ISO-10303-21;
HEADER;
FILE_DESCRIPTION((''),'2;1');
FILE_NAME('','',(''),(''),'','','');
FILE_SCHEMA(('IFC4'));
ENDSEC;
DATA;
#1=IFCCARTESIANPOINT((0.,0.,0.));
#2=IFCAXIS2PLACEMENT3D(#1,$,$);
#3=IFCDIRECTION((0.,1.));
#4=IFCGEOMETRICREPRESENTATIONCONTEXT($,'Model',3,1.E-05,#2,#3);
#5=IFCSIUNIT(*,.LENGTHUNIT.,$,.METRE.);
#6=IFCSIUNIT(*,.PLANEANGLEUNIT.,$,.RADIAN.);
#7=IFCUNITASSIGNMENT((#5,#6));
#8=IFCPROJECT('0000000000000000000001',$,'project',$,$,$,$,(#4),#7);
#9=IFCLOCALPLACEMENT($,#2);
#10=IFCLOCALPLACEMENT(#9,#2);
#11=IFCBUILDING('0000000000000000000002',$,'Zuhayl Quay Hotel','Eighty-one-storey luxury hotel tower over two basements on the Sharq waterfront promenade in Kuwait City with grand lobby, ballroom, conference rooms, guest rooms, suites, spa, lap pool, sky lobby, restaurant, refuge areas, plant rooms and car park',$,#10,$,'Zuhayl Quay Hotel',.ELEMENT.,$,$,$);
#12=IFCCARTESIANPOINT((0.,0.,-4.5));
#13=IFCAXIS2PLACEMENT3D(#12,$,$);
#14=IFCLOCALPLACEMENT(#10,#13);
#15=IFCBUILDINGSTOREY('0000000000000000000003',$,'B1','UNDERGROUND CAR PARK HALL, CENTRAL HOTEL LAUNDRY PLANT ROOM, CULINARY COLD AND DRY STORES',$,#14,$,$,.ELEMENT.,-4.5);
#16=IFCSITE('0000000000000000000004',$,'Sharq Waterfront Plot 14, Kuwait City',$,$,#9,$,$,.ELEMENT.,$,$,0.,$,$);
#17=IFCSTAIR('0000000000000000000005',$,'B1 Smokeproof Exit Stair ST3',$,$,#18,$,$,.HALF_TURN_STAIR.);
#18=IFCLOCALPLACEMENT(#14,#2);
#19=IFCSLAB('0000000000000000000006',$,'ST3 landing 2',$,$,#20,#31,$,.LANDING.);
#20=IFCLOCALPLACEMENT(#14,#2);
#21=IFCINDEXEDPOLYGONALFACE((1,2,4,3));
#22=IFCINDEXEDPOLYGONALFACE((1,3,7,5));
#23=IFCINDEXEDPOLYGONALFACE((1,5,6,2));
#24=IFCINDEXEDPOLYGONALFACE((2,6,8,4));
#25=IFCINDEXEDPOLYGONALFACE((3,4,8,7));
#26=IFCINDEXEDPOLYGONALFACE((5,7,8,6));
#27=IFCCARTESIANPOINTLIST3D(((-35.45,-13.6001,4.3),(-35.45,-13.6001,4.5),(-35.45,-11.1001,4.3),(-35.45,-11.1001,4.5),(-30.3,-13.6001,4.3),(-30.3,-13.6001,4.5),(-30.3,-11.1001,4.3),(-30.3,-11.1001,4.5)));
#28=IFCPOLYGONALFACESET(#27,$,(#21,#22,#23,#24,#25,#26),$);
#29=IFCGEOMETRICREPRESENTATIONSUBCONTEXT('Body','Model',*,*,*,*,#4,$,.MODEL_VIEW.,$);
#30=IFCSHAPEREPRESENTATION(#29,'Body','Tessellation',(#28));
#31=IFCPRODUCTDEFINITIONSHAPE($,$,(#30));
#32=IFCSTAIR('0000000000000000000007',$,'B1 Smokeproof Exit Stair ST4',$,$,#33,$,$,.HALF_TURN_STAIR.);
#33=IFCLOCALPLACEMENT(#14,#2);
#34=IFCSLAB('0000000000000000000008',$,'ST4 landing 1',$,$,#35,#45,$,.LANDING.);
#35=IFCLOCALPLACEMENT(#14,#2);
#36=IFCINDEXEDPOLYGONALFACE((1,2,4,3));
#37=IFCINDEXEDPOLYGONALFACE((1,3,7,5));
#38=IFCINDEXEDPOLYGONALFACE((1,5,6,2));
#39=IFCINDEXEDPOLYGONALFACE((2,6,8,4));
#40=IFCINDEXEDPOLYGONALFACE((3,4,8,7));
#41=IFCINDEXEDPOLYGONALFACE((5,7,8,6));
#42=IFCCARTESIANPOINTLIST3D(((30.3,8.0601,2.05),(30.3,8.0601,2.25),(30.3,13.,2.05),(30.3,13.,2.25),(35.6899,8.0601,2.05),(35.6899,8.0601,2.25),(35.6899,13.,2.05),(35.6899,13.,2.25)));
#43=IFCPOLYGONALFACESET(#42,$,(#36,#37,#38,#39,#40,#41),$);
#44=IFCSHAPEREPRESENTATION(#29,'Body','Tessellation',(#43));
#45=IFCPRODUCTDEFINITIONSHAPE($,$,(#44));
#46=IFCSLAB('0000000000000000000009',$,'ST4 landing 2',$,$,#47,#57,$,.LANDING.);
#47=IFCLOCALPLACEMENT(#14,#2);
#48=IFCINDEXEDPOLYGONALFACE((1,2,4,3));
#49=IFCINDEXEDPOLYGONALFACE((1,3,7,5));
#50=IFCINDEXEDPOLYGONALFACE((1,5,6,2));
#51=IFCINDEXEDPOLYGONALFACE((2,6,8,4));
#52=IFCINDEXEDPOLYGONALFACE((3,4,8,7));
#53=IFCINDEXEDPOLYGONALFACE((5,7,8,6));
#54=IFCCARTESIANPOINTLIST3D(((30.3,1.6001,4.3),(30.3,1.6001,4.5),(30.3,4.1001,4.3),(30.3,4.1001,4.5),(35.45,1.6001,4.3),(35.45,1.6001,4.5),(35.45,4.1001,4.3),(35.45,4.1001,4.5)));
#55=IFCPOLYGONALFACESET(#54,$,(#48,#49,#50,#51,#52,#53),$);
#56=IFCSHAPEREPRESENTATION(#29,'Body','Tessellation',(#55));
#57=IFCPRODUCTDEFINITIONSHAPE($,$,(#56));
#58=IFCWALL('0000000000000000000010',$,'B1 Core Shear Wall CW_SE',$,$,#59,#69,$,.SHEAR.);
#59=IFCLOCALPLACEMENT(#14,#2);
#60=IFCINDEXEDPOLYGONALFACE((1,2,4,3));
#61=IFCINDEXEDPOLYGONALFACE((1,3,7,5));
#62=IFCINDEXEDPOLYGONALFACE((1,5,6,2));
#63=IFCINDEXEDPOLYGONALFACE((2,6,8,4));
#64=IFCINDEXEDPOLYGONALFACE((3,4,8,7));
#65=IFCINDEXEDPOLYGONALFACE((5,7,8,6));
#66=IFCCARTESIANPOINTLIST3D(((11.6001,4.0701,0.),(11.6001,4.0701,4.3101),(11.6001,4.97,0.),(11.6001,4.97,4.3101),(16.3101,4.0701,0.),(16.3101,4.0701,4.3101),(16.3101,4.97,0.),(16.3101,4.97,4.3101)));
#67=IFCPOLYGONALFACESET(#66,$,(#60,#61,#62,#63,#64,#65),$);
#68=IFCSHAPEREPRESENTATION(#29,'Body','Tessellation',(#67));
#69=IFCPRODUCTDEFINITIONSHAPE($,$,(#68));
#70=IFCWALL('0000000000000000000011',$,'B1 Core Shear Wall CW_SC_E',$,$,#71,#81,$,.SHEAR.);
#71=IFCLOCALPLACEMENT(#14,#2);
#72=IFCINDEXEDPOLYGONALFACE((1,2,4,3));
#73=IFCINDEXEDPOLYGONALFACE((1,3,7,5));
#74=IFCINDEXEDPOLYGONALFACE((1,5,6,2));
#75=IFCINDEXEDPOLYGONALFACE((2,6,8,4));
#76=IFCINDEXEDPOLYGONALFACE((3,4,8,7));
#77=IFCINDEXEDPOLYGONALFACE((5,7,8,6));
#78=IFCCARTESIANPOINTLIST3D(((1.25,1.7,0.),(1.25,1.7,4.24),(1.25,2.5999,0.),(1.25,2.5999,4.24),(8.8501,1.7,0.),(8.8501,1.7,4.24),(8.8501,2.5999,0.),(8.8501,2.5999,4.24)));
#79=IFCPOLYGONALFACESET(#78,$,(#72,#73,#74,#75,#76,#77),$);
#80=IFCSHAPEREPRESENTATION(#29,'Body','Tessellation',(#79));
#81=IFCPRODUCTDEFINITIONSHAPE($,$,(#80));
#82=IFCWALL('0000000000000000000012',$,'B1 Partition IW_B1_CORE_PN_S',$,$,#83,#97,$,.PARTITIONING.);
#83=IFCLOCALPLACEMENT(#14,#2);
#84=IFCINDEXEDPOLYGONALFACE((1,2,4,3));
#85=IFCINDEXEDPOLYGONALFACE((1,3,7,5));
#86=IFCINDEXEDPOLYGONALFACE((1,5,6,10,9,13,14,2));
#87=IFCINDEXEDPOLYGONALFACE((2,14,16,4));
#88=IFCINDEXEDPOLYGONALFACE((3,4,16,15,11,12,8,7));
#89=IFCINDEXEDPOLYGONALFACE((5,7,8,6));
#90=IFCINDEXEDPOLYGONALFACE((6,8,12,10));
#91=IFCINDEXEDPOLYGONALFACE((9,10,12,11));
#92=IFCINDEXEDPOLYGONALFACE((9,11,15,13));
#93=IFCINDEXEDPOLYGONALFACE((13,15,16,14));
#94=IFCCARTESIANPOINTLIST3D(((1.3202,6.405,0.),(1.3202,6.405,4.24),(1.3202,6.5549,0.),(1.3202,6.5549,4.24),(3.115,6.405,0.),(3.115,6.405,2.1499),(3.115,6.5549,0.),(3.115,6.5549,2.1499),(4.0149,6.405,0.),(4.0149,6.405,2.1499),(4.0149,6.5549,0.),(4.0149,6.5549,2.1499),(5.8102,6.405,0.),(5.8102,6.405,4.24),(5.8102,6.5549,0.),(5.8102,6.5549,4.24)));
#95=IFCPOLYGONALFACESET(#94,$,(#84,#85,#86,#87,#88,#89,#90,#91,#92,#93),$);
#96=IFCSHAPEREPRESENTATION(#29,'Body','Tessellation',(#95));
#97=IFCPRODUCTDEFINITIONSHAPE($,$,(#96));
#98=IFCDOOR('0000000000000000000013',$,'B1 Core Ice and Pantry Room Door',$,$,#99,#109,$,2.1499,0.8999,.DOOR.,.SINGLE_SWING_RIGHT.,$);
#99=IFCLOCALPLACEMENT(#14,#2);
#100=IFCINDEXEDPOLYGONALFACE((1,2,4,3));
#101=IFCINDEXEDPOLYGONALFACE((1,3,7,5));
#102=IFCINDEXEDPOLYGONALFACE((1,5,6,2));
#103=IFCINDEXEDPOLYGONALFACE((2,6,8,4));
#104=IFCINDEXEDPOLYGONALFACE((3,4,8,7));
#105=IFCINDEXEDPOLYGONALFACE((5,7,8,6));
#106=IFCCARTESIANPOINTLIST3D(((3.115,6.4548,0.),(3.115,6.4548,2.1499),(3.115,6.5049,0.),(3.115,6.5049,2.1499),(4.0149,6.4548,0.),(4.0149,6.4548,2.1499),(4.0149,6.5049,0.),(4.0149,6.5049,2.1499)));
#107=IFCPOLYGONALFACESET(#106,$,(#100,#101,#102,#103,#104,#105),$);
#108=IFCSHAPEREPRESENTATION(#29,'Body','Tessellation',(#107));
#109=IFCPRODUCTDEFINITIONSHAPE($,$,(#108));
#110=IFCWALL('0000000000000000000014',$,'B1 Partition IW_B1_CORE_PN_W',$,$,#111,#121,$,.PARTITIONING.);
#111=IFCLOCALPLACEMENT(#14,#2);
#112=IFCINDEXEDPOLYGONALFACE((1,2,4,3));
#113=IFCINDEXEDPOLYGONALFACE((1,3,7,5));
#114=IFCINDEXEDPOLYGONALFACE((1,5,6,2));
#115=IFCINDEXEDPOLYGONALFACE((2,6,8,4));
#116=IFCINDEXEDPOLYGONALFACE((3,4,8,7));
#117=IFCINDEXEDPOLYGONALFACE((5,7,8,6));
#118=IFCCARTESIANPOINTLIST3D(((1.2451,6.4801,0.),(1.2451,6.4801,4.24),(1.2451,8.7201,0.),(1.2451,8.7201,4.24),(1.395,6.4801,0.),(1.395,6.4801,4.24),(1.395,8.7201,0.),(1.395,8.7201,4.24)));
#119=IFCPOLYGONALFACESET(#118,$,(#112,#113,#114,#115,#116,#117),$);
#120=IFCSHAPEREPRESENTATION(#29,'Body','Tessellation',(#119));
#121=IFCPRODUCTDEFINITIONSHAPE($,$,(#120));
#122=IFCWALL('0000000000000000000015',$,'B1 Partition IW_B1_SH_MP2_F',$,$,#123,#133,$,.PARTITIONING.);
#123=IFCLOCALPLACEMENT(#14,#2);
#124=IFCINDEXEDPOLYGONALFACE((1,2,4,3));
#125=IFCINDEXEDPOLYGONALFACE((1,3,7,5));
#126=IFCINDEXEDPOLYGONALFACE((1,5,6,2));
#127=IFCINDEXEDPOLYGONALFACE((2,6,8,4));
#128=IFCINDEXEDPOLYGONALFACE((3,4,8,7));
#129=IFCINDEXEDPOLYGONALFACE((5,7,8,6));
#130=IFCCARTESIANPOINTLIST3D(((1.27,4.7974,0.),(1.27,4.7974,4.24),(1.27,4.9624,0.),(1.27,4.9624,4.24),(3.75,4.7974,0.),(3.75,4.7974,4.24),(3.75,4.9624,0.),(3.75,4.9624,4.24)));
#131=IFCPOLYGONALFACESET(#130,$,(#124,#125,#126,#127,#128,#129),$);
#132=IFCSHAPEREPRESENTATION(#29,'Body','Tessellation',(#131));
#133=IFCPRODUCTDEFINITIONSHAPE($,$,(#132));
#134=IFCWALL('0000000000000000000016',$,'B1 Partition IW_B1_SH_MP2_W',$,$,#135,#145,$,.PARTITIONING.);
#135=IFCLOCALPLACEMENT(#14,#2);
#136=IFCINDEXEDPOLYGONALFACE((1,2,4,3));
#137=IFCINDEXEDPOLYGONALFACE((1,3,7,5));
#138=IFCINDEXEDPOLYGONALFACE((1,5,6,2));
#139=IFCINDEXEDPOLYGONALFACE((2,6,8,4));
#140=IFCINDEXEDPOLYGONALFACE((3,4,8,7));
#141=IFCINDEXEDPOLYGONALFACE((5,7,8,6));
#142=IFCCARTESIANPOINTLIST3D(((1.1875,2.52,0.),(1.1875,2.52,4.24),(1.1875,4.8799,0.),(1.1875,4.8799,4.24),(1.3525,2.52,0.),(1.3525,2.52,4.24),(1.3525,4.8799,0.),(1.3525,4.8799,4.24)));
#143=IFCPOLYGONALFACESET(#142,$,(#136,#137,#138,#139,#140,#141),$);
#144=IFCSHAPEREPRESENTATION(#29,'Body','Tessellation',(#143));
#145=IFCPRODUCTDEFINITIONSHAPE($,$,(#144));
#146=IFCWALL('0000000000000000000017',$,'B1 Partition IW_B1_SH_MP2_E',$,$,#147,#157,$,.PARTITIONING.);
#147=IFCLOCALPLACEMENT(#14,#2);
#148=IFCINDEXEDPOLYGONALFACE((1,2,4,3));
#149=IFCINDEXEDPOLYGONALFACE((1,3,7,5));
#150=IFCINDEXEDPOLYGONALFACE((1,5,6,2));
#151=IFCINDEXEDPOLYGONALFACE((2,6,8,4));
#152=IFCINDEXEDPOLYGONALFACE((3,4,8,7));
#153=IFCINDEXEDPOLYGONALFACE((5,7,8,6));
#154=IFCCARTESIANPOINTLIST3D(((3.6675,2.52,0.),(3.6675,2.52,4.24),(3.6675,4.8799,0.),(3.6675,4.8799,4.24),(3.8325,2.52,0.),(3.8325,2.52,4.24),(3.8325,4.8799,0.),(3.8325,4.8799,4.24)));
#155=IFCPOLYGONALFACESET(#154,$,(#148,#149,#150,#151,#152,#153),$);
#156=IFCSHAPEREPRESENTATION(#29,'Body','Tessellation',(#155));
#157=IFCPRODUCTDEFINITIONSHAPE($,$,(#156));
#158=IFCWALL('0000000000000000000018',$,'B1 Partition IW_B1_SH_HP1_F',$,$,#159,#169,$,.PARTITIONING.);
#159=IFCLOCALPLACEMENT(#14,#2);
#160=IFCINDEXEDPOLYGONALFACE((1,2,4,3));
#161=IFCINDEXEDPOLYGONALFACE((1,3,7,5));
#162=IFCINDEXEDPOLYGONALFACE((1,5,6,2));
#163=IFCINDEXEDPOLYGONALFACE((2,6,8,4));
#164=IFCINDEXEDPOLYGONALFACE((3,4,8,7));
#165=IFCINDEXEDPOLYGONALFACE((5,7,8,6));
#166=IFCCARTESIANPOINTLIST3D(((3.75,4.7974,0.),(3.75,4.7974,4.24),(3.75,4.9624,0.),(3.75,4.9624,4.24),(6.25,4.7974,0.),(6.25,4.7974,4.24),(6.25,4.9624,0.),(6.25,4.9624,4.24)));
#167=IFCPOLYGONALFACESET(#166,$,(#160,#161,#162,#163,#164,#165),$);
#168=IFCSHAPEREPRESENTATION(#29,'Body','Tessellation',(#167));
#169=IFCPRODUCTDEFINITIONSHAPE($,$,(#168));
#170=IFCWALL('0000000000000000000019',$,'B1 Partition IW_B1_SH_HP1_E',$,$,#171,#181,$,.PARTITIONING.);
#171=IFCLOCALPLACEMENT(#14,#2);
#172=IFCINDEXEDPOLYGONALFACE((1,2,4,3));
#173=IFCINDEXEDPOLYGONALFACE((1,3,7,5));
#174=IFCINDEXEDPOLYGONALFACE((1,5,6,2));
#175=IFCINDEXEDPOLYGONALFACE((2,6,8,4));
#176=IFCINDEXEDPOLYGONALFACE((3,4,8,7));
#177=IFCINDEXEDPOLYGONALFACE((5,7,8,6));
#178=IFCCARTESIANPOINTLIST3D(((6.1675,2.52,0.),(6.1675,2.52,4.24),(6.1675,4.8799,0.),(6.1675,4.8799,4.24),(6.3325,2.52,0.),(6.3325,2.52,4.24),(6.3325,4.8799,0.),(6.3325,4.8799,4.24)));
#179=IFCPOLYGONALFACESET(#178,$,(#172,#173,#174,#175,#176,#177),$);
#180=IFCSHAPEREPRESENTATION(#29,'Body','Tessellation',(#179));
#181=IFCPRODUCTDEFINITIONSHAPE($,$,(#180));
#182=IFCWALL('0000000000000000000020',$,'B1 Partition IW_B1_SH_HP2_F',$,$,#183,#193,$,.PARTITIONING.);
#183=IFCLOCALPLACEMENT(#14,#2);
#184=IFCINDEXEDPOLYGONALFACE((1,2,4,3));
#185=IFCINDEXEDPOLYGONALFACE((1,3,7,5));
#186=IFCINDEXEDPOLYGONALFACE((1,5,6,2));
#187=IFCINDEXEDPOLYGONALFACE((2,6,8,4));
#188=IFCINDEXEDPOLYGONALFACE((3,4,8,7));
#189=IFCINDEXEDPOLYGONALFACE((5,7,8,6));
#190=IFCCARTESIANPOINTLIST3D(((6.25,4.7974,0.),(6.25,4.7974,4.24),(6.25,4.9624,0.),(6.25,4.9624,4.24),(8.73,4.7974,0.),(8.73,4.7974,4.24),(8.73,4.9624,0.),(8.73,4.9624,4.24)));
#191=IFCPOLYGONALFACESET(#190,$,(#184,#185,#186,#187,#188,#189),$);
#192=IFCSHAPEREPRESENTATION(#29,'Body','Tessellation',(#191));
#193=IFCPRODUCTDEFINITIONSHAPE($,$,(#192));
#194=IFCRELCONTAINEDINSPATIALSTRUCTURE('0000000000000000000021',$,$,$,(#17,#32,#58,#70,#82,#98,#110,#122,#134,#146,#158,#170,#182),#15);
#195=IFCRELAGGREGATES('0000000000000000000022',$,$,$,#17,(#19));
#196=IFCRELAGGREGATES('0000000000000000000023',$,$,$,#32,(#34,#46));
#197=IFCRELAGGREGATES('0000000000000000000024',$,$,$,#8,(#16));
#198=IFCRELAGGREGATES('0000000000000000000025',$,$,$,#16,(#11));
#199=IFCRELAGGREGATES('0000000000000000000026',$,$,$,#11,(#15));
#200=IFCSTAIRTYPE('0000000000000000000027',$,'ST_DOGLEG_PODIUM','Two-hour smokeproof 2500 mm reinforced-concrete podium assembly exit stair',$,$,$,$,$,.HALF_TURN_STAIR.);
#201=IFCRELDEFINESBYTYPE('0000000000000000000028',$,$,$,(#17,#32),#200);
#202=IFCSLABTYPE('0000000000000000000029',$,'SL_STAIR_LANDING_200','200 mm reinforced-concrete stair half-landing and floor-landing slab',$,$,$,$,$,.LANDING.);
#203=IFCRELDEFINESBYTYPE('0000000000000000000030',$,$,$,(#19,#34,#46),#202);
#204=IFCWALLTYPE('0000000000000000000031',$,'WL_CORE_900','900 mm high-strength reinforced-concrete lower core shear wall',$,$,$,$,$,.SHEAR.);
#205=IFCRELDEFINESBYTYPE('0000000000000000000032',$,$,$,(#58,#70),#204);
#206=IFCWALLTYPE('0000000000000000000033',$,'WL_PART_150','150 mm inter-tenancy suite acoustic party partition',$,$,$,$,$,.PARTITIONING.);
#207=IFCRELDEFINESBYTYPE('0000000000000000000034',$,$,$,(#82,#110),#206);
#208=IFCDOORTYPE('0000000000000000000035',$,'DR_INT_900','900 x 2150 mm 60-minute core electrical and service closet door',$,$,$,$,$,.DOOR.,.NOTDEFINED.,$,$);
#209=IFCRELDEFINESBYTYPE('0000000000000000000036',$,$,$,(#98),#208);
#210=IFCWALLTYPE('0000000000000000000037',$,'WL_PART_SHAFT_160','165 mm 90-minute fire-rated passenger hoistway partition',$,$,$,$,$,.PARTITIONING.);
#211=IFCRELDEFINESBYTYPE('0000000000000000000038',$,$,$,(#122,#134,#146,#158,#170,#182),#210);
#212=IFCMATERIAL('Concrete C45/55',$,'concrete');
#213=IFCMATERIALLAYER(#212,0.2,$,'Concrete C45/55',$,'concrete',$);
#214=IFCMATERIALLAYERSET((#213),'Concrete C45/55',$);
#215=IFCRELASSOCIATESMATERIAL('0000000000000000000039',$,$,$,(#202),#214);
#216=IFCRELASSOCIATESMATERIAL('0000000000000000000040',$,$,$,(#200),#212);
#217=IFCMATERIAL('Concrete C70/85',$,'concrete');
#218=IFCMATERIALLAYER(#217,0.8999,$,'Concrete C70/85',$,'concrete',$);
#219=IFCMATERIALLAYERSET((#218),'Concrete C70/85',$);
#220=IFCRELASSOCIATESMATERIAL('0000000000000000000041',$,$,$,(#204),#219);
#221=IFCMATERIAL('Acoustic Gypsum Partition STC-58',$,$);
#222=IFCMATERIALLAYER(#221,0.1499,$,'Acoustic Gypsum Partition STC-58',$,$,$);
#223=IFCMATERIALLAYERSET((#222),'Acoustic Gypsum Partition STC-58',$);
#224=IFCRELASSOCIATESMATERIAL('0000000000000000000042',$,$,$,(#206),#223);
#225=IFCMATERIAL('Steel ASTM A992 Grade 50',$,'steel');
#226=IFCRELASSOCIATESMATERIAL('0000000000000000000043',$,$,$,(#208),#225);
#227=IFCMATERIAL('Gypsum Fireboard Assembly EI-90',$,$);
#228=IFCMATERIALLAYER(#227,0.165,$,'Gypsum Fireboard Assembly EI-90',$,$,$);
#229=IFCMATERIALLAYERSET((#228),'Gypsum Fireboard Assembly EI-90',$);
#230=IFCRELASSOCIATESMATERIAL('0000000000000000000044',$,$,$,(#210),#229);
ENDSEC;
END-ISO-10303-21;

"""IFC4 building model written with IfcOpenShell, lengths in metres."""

from ifc_helpers import new_model, si_unit, direction, frame, frame_2d, origin, place, context, subcontext, project, spatial, polyline, rectangle, outline, extrude, material, layer, layer_set, type_object, element, fill, aggregate, save


model = new_model("IFC4")

# Units and contexts
model_context = context("Model", 3, precision=1e-05, world=origin(), true_north=direction((0.0, 1.0)))
body_context = subcontext(model_context, "Body", "Model", "MODEL_VIEW")
ifc_project = project(units=[si_unit("LENGTHUNIT", "METRE"), si_unit("PLANEANGLEUNIT", "RADIAN")], contexts=[model_context])

# Site, building, storey
site_placement = place(None, origin())
site = spatial("IfcSite", under=ifc_project, at=site_placement, Name="Sharq Waterfront Plot 14, Kuwait City", CompositionType="ELEMENT", RefElevation=0.0)
building_placement = place(site_placement, origin())
building = spatial("IfcBuilding", under=site, at=building_placement, Name="Zuhayl Quay Hotel", Description="Eighty-one-storey luxury hotel tower over two basements on the Sharq waterfront promenade in Kuwait City with grand lobby, ballroom, conference rooms, guest rooms, suites, spa, lap pool, sky lobby, restaurant, refuge areas, plant rooms and car park", LongName="Zuhayl Quay Hotel", CompositionType="ELEMENT")
storey_placement = place(building_placement, frame((0.0, 0.0, -4.5)))
storey = spatial("IfcBuildingStorey", under=building, at=storey_placement, Name="B1", Description="UNDERGROUND CAR PARK HALL, CENTRAL HOTEL LAUNDRY PLANT ROOM, CULINARY COLD AND DRY STORES", CompositionType="ELEMENT", Elevation=-4.5)

# Shared definitions
ifc_material_1 = material(Name="Concrete C70/85", Category="concrete")

# Shared definitions
ifc_material_2 = material(Name="Steel ASTM A992 Grade 50", Category="steel")

# Shared definitions
ifc_material_3 = material(Name="Concrete C45/55", Category="concrete")

# Stairs, slabs
ifc_layer_1 = layer(ifc_material_3, 0.2, Name="Concrete C45/55", Category="concrete")
ifc_layer_set_1 = layer_set([ifc_layer_1], Name="Concrete C45/55")
slab_type_1 = type_object("IfcSlabType", Name="SL_STAIR_LANDING_200", Description="200 mm reinforced-concrete stair half-landing and floor-landing slab", PredefinedType="LANDING", material=ifc_layer_set_1)
stair_type_1 = type_object("IfcStairType", Name="ST_DOGLEG_PODIUM", Description="Two-hour smokeproof 2500 mm reinforced-concrete podium assembly exit stair", PredefinedType="HALF_TURN_STAIR", material=ifc_material_3)
stair_1_placement = place(storey_placement, origin())
stair_1 = element("IfcStair", 1, at=stair_1_placement, inside=storey, type_object=stair_type_1, Name="B1 Smokeproof Exit Stair ST3", PredefinedType="HALF_TURN_STAIR")
slab_1_placement = place(storey_placement, frame((0.0, 0.0, 4.3)))
slab_1 = element("IfcSlab", 2, at=slab_1_placement, type_object=slab_type_1, Name="ST3 landing 2", PredefinedType="LANDING", context=body_context, shape_type="SweptSolid", body=[
    extrude(outline(polyline([(-30.3, -13.6001), (-30.3, -11.1001), (-35.45, -11.1001), (-35.45, -13.6001), (-30.3, -13.6001)])), origin(), (0.0, 0.0, 1.0), 0.2),
])
aggregate(stair_1, [slab_1])
stair_2_placement = place(storey_placement, origin())
stair_2 = element("IfcStair", 3, at=stair_2_placement, inside=storey, type_object=stair_type_1, Name="B1 Smokeproof Exit Stair ST4", PredefinedType="HALF_TURN_STAIR")
slab_2_placement = place(storey_placement, frame((0.0, 0.0, 2.05)))
slab_2 = element("IfcSlab", 4, at=slab_2_placement, type_object=slab_type_1, Name="ST4 landing 1", PredefinedType="LANDING", context=body_context, shape_type="SweptSolid", body=[
    extrude(outline(polyline([(35.6899, 8.0601), (35.6899, 13.0), (30.3, 13.0), (30.3, 8.0601), (35.6899, 8.0601)])), origin(), (0.0, 0.0, 1.0), 0.2),
])
slab_3_placement = place(storey_placement, frame((0.0, 0.0, 4.3)))
slab_3 = element("IfcSlab", 5, at=slab_3_placement, type_object=slab_type_1, Name="ST4 landing 2", PredefinedType="LANDING", context=body_context, shape_type="SweptSolid", body=[
    extrude(outline(polyline([(35.45, 1.6001), (35.45, 4.1001), (30.3, 4.1001), (30.3, 1.6001), (35.45, 1.6001)])), origin(), (0.0, 0.0, 1.0), 0.2),
])
aggregate(stair_2, [slab_2, slab_3])

# Walls
ifc_layer_2 = layer(ifc_material_1, 0.8999, Name="Concrete C70/85", Category="concrete")
ifc_layer_set_2 = layer_set([ifc_layer_2], Name="Concrete C70/85")
wall_type_1 = type_object("IfcWallType", Name="WL_CORE_900", Description="900 mm high-strength reinforced-concrete lower core shear wall", PredefinedType="SHEAR", material=ifc_layer_set_2)
wall_1_placement = place(storey_placement, frame((11.6001, 4.52, 0.0), z_axis=(0.0, 0.0, 1.0), x_axis=(1.0, 0.0, 0.0)))
element("IfcWall", 6, at=wall_1_placement, inside=storey, type_object=wall_type_1, Name="B1 Core Shear Wall CW_SE", PredefinedType="SHEAR", context=body_context, shape_type="SweptSolid", body=[
    extrude(rectangle(XDim=4.71, YDim=0.8999, at=frame_2d((2.355, 0.0))), origin(), (0.0, 0.0, 1.0), 4.3101),
])
wall_2_placement = place(storey_placement, frame((1.25, 2.1499, 0.0), z_axis=(0.0, 0.0, 1.0), x_axis=(1.0, 0.0, 0.0)))
element("IfcWall", 7, at=wall_2_placement, inside=storey, type_object=wall_type_1, Name="B1 Core Shear Wall CW_SC_E", PredefinedType="SHEAR", context=body_context, shape_type="SweptSolid", body=[
    extrude(rectangle(XDim=7.6001, YDim=0.8999, at=frame_2d((3.8, 0.0))), origin(), (0.0, 0.0, 1.0), 4.24),
])

# Wall, opening, door
ifc_material_4 = material(Name="Acoustic Gypsum Partition STC-58")
ifc_layer_3 = layer(ifc_material_4, 0.1499, Name="Acoustic Gypsum Partition STC-58")
ifc_layer_set_3 = layer_set([ifc_layer_3], Name="Acoustic Gypsum Partition STC-58")
wall_type_2 = type_object("IfcWallType", Name="WL_PART_150", Description="150 mm inter-tenancy suite acoustic party partition", PredefinedType="PARTITIONING", material=ifc_layer_set_3)
wall_3_placement = place(storey_placement, frame((1.3201, 6.48, 0.0), z_axis=(0.0, 0.0, 1.0), x_axis=(1.0, 0.0, 0.0)))
wall_3 = element("IfcWall", 8, at=wall_3_placement, inside=storey, type_object=wall_type_2, Name="B1 Partition IW_B1_CORE_PN_S", PredefinedType="PARTITIONING", context=body_context, shape_type="SweptSolid", body=[
    extrude(rectangle(XDim=4.49, YDim=0.1499, at=frame_2d((2.2451, 0.0))), origin(), (0.0, 0.0, 1.0), 4.24),
])
opening_placement = place(wall_3_placement, frame((1.7949, 0.0, 0.0)))
opening = element("IfcOpeningElement", 9, at=opening_placement, cuts=wall_3, PredefinedType="OPENING", context=body_context, shape_type="SweptSolid", body=[
    extrude(rectangle(XDim=0.8999, YDim=2.1499, at=frame_2d((0.45, 1.075))), frame((0.0, 0.085, 0.0), z_axis=(0.0, -1.0, 0.0), x_axis=(1.0, 0.0, 0.0)), (0.0, 0.0, 1.0), 0.1699),
])
door_type = type_object("IfcDoorType", Name="DR_INT_900", Description="900 x 2150 mm 60-minute core electrical and service closet door", OperationType="NOTDEFINED", PredefinedType="DOOR", material=ifc_material_2)
door_placement = place(opening_placement, origin())
door = element("IfcDoor", 10, at=door_placement, inside=storey, type_object=door_type, Name="B1 Core Ice and Pantry Room Door", OperationType="SINGLE_SWING_RIGHT", OverallHeight=2.1499, OverallWidth=0.8999, PredefinedType="DOOR", context=body_context, shape_type="SweptSolid", body=[
    extrude(rectangle(XDim=0.8999, YDim=2.1499, at=frame_2d((0.45, 1.075))), frame((0.0, 0.0249, 0.0), z_axis=(0.0, -1.0, 0.0), x_axis=(1.0, 0.0, 0.0)), (0.0, 0.0, 1.0), 0.05),
])
fill(opening, door)

# Walls
wall_4_placement = place(storey_placement, frame((1.3201, 6.48, 0.0), z_axis=(0.0, 0.0, 1.0), x_axis=(0.0, 1.0, 0.0)))
element("IfcWall", 11, at=wall_4_placement, inside=storey, type_object=wall_type_2, Name="B1 Partition IW_B1_CORE_PN_W", PredefinedType="PARTITIONING", context=body_context, shape_type="SweptSolid", body=[
    extrude(rectangle(XDim=2.24, YDim=0.1499, at=frame_2d((1.1201, 0.0))), origin(), (0.0, 0.0, 1.0), 4.24),
])
ifc_material_5 = material(Name="Gypsum Fireboard Assembly EI-90")
ifc_layer_4 = layer(ifc_material_5, 0.165, Name="Gypsum Fireboard Assembly EI-90")
ifc_layer_set_4 = layer_set([ifc_layer_4], Name="Gypsum Fireboard Assembly EI-90")
wall_type_3 = type_object("IfcWallType", Name="WL_PART_SHAFT_160", Description="165 mm 90-minute fire-rated passenger hoistway partition", PredefinedType="PARTITIONING", material=ifc_layer_set_4)
wall_5_placement = place(storey_placement, frame((1.27, 4.8799, 0.0), z_axis=(0.0, 0.0, 1.0), x_axis=(1.0, 0.0, 0.0)))
element("IfcWall", 12, at=wall_5_placement, inside=storey, type_object=wall_type_3, Name="B1 Partition IW_B1_SH_MP2_F", PredefinedType="PARTITIONING", context=body_context, shape_type="SweptSolid", body=[
    extrude(rectangle(XDim=2.48, YDim=0.165, at=frame_2d((1.24, 0.0))), origin(), (0.0, 0.0, 1.0), 4.24),
])
for number, where, z_axis, x_axis, name in (
    (13, (1.27, 2.52, 0.0), (0.0, 0.0, 1.0), (0.0, 1.0, 0.0), "B1 Partition IW_B1_SH_MP2_W"),
    (14, (3.75, 2.52, 0.0), (0.0, 0.0, 1.0), (0.0, 1.0, 0.0), "B1 Partition IW_B1_SH_MP2_E"),
):
    element("IfcWall", number, at=place(storey_placement, frame(where, z_axis=z_axis, x_axis=x_axis)), inside=storey, type_object=wall_type_3, Name=name, PredefinedType="PARTITIONING", context=body_context, shape_type="SweptSolid", body=[
        extrude(rectangle(XDim=2.3599, YDim=0.165, at=frame_2d((1.1799, 0.0))), origin(), (0.0, 0.0, 1.0), 4.24),
    ])
wall_6_placement = place(storey_placement, frame((3.75, 4.8799, 0.0), z_axis=(0.0, 0.0, 1.0), x_axis=(1.0, 0.0, 0.0)))
element("IfcWall", 15, at=wall_6_placement, inside=storey, type_object=wall_type_3, Name="B1 Partition IW_B1_SH_HP1_F", PredefinedType="PARTITIONING", context=body_context, shape_type="SweptSolid", body=[
    extrude(rectangle(XDim=2.5, YDim=0.165, at=frame_2d((1.25, 0.0))), origin(), (0.0, 0.0, 1.0), 4.24),
])
wall_7_placement = place(storey_placement, frame((6.25, 2.52, 0.0), z_axis=(0.0, 0.0, 1.0), x_axis=(0.0, 1.0, 0.0)))
element("IfcWall", 16, at=wall_7_placement, inside=storey, type_object=wall_type_3, Name="B1 Partition IW_B1_SH_HP1_E", PredefinedType="PARTITIONING", context=body_context, shape_type="SweptSolid", body=[
    extrude(rectangle(XDim=2.3599, YDim=0.165, at=frame_2d((1.1799, 0.0))), origin(), (0.0, 0.0, 1.0), 4.24),
])
wall_8_placement = place(storey_placement, frame((6.25, 4.8799, 0.0), z_axis=(0.0, 0.0, 1.0), x_axis=(1.0, 0.0, 0.0)))
element("IfcWall", 17, at=wall_8_placement, inside=storey, type_object=wall_type_3, Name="B1 Partition IW_B1_SH_HP2_F", PredefinedType="PARTITIONING", context=body_context, shape_type="SweptSolid", body=[
    extrude(rectangle(XDim=2.48, YDim=0.165, at=frame_2d((1.24, 0.0))), origin(), (0.0, 0.0, 1.0), 4.24),
])

save(model, "model.ifc")
